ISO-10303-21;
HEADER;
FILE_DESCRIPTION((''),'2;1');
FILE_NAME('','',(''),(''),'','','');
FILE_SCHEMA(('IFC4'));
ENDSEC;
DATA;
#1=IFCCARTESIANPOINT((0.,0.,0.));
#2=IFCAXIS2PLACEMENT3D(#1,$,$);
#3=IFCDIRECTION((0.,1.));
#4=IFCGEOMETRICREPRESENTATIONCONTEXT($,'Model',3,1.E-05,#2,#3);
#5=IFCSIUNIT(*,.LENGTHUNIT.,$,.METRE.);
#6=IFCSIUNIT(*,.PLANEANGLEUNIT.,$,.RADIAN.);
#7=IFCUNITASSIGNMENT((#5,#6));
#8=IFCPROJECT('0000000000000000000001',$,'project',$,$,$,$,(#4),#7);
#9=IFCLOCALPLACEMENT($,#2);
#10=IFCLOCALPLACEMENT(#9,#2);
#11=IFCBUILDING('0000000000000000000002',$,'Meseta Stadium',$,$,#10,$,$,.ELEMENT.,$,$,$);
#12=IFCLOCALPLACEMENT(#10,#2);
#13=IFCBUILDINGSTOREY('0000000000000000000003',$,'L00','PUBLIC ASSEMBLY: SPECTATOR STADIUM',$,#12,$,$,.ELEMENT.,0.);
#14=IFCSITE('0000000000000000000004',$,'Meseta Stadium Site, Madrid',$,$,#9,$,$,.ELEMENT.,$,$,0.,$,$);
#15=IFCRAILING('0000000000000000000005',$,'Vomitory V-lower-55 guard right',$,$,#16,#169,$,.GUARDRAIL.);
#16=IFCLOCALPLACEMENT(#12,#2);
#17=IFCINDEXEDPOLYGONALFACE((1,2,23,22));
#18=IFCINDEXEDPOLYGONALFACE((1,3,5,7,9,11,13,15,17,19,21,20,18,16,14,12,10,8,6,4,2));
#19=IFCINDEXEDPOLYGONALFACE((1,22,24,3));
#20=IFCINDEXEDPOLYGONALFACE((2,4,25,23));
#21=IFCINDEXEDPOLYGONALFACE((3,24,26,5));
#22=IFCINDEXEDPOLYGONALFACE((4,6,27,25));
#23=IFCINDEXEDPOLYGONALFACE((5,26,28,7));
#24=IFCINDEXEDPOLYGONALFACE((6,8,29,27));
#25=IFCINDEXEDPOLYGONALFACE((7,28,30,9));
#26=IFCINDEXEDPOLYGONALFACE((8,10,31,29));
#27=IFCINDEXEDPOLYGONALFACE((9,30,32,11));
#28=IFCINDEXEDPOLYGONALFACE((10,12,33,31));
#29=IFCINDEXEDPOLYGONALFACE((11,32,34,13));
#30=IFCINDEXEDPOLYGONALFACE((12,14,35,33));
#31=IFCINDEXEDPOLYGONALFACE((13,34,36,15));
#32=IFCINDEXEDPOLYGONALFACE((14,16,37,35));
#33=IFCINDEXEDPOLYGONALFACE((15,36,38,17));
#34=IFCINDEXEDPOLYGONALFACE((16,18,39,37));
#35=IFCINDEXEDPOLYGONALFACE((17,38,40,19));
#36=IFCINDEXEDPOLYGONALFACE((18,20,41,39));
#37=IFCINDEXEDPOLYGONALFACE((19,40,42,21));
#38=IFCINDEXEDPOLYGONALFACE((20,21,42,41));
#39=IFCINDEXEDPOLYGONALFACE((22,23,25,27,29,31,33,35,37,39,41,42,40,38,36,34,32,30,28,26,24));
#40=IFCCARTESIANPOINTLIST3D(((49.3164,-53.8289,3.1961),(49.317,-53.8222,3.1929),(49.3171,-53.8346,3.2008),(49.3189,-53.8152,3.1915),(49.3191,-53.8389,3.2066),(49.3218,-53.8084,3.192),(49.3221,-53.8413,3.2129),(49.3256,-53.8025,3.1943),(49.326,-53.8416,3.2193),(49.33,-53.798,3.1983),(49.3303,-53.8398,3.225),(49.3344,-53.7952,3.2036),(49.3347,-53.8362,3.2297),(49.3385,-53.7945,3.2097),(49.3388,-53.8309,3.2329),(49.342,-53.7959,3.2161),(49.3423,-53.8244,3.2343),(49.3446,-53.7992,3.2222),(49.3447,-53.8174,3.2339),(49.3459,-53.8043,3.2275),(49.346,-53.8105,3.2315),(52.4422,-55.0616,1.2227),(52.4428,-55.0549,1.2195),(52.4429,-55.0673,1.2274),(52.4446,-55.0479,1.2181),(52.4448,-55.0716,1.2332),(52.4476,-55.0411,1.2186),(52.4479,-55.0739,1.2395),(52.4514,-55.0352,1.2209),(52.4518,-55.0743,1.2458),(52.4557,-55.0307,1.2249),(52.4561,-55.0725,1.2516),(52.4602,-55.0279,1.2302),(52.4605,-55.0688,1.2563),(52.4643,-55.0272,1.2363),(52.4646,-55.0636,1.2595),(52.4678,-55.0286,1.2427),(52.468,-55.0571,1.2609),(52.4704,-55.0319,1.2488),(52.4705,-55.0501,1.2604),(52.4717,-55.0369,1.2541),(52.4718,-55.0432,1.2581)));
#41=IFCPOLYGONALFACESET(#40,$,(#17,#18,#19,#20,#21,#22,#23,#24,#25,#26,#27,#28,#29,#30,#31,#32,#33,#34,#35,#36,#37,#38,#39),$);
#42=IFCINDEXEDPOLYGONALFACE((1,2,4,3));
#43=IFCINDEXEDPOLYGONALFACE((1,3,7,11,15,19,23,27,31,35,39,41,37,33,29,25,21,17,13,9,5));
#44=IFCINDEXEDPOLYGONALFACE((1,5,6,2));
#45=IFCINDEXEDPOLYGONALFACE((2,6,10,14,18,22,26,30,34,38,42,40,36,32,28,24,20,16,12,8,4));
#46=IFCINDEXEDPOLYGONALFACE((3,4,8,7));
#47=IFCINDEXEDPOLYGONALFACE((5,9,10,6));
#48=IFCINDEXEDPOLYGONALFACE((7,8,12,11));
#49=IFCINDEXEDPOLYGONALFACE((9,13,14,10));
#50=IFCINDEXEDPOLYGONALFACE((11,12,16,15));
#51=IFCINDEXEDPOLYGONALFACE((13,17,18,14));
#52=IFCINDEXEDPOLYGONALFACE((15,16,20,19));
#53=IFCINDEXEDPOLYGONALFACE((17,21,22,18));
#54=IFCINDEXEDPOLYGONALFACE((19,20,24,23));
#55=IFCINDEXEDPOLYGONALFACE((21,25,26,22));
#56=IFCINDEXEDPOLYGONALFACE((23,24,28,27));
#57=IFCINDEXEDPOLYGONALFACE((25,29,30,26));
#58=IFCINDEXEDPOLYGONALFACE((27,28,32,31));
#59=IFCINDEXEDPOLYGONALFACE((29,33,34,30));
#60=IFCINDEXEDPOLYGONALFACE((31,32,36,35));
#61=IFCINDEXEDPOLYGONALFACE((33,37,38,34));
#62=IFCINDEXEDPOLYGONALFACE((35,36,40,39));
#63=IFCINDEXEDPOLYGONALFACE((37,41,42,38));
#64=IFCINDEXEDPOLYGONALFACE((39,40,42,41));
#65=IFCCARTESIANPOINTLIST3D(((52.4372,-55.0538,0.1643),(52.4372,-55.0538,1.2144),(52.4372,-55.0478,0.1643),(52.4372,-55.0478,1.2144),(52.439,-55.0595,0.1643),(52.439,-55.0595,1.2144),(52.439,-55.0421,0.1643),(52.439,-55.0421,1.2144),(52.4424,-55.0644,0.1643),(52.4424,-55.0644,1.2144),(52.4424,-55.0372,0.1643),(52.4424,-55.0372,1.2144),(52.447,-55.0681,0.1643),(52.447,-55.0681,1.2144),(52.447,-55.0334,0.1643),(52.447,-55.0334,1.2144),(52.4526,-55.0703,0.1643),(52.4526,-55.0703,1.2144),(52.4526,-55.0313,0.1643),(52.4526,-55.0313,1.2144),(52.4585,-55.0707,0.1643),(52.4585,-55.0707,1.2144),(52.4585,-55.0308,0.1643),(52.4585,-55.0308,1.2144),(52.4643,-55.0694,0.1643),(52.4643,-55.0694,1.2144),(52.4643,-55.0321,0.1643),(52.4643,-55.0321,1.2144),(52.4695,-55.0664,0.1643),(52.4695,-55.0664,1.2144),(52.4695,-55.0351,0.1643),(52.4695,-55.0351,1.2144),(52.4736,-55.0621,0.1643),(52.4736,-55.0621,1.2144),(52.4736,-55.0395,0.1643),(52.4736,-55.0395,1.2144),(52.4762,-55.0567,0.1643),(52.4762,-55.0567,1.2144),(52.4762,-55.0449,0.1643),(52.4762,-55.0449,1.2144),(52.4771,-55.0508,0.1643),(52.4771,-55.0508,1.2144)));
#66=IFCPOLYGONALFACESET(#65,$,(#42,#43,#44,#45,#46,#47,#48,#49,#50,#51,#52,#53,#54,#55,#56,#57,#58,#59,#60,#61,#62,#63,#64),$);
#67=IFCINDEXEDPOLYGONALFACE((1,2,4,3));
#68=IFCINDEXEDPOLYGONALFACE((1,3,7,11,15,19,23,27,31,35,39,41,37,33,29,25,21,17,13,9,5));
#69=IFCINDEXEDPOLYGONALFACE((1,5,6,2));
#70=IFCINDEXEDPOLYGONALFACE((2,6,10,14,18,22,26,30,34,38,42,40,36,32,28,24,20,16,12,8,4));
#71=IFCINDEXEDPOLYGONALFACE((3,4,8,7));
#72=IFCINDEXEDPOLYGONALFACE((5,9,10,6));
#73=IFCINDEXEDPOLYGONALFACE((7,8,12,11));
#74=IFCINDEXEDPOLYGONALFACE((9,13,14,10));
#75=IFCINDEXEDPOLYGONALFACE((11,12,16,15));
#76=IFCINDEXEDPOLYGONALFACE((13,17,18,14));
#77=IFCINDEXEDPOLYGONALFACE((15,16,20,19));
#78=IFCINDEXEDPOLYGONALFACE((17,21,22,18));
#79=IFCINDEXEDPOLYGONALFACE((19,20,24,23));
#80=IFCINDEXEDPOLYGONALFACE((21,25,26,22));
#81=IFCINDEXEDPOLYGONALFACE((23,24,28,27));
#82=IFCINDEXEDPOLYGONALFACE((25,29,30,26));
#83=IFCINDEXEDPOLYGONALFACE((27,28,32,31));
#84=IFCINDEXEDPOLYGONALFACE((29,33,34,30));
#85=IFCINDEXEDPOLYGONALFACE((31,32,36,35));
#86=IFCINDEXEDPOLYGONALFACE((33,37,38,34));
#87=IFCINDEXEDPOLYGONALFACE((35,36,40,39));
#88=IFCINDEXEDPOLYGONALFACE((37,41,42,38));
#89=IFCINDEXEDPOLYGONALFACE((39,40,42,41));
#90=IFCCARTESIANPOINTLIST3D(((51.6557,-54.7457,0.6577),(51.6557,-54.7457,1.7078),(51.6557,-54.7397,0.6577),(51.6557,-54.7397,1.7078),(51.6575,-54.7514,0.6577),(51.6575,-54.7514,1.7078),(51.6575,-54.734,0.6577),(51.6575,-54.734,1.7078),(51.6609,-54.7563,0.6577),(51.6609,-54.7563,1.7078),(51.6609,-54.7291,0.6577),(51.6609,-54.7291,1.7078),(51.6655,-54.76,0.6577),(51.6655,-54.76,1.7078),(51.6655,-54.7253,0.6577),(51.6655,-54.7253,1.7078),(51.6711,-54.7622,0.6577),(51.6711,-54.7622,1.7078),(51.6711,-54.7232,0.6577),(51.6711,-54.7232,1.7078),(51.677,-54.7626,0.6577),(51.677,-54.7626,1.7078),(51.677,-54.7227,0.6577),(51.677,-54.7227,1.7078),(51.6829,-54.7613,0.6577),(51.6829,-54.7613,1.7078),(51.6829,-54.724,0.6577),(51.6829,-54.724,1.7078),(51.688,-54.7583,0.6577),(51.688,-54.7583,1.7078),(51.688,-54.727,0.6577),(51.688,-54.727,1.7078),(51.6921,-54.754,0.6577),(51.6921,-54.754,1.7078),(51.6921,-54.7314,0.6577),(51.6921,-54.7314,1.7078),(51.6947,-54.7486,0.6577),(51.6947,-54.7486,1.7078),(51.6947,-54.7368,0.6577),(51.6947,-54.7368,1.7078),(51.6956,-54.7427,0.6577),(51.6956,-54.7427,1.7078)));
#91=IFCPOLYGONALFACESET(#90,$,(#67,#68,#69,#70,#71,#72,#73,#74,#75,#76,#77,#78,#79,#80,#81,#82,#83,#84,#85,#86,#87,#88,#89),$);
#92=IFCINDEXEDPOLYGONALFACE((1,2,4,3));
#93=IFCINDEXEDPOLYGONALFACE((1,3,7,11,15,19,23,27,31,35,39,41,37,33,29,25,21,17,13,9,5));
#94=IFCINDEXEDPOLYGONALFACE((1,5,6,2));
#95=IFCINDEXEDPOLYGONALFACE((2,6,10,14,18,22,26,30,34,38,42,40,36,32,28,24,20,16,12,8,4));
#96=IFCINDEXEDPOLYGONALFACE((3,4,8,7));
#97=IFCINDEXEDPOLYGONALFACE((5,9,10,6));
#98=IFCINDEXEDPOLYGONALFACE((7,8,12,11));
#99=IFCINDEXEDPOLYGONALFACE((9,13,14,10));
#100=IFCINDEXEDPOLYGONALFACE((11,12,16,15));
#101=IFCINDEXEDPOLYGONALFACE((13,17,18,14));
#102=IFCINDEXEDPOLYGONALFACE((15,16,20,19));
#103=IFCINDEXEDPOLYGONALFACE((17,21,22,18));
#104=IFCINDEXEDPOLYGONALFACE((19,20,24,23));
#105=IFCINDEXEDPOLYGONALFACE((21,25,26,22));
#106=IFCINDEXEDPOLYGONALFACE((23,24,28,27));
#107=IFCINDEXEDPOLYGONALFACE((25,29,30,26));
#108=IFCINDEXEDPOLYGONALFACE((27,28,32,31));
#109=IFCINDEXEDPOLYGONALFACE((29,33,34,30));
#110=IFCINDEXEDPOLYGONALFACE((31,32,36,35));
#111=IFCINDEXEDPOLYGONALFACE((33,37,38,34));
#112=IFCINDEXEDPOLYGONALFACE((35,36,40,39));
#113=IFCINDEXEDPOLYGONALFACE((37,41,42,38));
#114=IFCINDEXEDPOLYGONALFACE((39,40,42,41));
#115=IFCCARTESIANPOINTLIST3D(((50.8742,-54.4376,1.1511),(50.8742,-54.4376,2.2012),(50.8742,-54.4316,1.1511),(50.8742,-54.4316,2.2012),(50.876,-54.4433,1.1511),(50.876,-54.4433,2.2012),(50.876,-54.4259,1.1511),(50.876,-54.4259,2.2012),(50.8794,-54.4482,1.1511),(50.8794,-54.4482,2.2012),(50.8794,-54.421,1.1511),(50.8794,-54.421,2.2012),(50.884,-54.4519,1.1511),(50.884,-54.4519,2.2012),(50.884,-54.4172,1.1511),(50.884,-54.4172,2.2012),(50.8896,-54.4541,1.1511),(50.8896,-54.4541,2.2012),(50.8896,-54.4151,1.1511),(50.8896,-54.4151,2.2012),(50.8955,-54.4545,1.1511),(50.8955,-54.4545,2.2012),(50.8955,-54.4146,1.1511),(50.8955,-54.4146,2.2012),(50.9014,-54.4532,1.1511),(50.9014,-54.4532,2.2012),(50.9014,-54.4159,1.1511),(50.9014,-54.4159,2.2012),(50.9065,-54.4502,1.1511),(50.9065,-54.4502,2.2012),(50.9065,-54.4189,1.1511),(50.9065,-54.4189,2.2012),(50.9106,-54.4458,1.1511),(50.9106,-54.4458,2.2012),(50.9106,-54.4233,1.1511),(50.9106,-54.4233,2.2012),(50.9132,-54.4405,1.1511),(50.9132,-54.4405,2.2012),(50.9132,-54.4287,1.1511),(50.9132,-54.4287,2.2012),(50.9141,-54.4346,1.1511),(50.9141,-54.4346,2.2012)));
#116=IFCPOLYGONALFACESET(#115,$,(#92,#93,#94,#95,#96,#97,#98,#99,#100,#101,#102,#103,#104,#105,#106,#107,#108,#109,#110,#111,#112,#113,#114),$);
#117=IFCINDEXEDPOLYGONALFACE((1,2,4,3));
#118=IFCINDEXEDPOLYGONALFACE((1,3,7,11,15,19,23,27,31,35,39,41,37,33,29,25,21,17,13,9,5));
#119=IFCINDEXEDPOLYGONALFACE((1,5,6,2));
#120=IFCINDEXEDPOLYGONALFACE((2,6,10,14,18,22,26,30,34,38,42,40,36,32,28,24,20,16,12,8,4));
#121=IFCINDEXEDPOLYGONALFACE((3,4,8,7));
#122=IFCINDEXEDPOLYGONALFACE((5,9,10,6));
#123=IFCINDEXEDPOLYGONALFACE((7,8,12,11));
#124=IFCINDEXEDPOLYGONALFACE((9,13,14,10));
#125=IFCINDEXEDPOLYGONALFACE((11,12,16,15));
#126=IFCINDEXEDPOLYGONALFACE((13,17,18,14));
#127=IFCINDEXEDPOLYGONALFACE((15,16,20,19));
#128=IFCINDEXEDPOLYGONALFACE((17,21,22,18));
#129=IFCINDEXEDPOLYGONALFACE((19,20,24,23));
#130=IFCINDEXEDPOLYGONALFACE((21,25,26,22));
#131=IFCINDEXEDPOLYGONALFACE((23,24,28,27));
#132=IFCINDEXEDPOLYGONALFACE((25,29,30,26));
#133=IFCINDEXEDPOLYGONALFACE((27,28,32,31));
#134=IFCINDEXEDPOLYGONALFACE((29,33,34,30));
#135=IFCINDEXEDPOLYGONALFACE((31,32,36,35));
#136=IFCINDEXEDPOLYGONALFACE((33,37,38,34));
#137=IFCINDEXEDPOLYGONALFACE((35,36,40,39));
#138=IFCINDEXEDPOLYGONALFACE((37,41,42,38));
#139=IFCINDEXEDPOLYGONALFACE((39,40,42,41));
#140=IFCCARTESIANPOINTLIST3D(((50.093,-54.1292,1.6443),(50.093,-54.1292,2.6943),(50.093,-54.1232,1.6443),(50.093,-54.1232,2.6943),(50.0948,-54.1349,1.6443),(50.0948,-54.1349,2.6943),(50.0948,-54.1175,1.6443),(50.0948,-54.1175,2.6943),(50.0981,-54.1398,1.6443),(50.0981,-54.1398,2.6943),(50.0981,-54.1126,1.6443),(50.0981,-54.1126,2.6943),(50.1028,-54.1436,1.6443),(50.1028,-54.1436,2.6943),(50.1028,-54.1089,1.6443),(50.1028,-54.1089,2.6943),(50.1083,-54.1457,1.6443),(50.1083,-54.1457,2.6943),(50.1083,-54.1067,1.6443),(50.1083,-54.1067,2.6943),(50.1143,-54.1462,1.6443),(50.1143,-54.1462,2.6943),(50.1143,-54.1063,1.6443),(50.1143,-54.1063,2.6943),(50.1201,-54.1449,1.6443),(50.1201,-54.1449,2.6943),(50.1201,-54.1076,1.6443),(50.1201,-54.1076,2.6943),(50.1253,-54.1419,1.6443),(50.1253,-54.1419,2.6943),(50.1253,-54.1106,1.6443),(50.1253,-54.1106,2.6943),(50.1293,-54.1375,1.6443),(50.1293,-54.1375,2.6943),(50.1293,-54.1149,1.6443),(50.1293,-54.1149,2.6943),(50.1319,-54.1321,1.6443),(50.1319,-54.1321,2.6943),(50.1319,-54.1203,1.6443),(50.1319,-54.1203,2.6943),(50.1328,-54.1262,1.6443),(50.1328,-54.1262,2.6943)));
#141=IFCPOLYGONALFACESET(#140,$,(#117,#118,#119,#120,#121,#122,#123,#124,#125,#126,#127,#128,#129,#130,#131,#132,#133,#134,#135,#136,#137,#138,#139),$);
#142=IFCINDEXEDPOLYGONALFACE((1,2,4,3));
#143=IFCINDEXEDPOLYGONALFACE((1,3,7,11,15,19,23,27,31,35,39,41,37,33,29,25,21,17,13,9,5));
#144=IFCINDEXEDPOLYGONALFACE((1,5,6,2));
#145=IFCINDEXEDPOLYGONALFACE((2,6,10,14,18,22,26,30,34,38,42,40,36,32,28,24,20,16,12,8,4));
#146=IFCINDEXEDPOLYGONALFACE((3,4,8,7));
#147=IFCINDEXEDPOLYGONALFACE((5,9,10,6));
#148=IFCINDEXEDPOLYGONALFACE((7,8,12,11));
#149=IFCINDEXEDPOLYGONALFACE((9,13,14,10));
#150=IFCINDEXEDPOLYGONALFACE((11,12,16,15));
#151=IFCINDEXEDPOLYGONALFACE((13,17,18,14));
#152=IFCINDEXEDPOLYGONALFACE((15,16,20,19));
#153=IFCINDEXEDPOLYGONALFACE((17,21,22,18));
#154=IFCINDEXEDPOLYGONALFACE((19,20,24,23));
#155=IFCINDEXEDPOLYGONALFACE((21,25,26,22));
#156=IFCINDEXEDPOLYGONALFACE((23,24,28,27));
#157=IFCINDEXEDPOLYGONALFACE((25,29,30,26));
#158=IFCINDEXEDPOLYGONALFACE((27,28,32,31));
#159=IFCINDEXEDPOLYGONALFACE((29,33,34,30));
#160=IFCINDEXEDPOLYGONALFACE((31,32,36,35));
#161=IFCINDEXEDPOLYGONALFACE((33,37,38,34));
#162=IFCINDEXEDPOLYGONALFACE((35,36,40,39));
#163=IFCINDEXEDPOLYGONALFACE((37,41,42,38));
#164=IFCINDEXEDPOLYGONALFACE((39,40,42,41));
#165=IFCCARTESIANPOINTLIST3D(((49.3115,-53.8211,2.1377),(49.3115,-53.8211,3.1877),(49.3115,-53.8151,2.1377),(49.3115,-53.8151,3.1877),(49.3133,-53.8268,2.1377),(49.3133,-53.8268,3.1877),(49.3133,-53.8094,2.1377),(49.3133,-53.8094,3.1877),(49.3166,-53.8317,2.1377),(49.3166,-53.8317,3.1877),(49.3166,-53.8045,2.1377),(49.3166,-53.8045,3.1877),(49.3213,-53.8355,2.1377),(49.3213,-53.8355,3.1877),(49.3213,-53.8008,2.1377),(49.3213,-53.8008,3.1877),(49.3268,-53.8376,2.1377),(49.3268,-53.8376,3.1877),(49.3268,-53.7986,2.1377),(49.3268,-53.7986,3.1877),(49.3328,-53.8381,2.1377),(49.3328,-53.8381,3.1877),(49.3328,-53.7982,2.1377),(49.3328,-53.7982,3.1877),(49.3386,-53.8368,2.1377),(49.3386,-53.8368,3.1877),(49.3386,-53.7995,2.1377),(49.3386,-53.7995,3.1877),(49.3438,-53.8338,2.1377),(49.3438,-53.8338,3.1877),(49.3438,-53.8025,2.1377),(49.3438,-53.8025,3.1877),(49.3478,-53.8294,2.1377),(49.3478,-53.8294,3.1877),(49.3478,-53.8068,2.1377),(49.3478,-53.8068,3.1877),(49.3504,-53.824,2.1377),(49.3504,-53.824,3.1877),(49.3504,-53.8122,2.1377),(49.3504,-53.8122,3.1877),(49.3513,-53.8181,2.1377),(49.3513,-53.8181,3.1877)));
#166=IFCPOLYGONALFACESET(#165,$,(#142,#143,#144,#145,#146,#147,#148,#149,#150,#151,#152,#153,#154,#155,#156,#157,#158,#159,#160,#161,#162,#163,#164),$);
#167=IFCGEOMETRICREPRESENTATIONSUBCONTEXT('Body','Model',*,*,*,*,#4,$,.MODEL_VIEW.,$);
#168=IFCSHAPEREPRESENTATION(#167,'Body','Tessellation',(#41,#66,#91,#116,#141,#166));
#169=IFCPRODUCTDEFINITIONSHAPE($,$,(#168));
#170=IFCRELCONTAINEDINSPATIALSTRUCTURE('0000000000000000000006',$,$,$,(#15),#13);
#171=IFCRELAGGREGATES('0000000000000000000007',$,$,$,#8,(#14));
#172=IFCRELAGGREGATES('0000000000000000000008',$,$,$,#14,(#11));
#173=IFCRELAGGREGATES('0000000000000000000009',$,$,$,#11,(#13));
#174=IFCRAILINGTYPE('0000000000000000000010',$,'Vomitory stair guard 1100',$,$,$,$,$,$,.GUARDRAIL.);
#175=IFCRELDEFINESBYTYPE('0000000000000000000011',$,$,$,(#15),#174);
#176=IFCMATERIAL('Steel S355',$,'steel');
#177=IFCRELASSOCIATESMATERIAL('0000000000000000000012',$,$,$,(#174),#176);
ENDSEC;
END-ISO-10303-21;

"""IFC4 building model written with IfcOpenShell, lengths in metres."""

from ifc_helpers import new_model, si_unit, direction, frame, origin, origin_2d, place, context, subcontext, project, spatial, circle, extrude, material, type_object, element, save


model = new_model("IFC4")

# Units and contexts
model_context = context("Model", 3, precision=1e-05, world=origin(), true_north=direction((0.0, 1.0)))
body_context = subcontext(model_context, "Body", "Model", "MODEL_VIEW")
ifc_project = project(units=[si_unit("LENGTHUNIT", "METRE"), si_unit("PLANEANGLEUNIT", "RADIAN")], contexts=[model_context])

# Site, building, storey
site_placement = place(None, origin())
site = spatial("IfcSite", under=ifc_project, at=site_placement, Name="Meseta Stadium Site, Madrid", CompositionType="ELEMENT", RefElevation=0.0)
building_placement = place(site_placement, origin())
building = spatial("IfcBuilding", under=site, at=building_placement, Name="Meseta Stadium", CompositionType="ELEMENT")
storey_placement = place(building_placement, origin())
storey = spatial("IfcBuildingStorey", under=building, at=storey_placement, Name="L00", Description="PUBLIC ASSEMBLY: SPECTATOR STADIUM", CompositionType="ELEMENT", Elevation=0.0)

# Railing
ifc_material_1 = material(Name="Steel S355", Category="steel")
railing_type_1 = type_object("IfcRailingType", Name="Vomitory stair guard 1100", PredefinedType="GUARDRAIL", material=ifc_material_1)
railing_1_placement = place(storey_placement, frame((52.457, -55.0508, 0.1643)))
element("IfcRailing", 1, at=railing_1_placement, inside=storey, type_object=railing_type_1, Name="Vomitory V-lower-55 guard right", PredefinedType="GUARDRAIL", context=body_context, shape_type="SweptSolid", body=[
    extrude(circle(Radius=0.0249, at=origin_2d()), frame((0.0, 0.0, 1.0752), z_axis=(-0.802158, 0.316339, 0.506431), x_axis=(-0.366864, -0.930275, 0.0)), (0.0, 0.0, 1.0), 3.8967),
    extrude(circle(Radius=0.02, at=origin_2d()), origin(), (0.0, 0.0, 1.0), 1.05),
    extrude(circle(Radius=0.02, at=origin_2d()), frame((-0.7815, 0.3081, 0.4934)), (0.0, 0.0, 1.0), 1.05),
    extrude(circle(Radius=0.02, at=origin_2d()), frame((-1.563, 0.6162, 0.9868)), (0.0, 0.0, 1.0), 1.05),
    extrude(circle(Radius=0.02, at=origin_2d()), frame((-2.3442, 0.9246, 1.48)), (0.0, 0.0, 1.0), 1.05),
    extrude(circle(Radius=0.02, at=origin_2d()), frame((-3.1257, 1.2327, 1.9734)), (0.0, 0.0, 1.0), 1.05),
])

save(model, "model.ifc")
